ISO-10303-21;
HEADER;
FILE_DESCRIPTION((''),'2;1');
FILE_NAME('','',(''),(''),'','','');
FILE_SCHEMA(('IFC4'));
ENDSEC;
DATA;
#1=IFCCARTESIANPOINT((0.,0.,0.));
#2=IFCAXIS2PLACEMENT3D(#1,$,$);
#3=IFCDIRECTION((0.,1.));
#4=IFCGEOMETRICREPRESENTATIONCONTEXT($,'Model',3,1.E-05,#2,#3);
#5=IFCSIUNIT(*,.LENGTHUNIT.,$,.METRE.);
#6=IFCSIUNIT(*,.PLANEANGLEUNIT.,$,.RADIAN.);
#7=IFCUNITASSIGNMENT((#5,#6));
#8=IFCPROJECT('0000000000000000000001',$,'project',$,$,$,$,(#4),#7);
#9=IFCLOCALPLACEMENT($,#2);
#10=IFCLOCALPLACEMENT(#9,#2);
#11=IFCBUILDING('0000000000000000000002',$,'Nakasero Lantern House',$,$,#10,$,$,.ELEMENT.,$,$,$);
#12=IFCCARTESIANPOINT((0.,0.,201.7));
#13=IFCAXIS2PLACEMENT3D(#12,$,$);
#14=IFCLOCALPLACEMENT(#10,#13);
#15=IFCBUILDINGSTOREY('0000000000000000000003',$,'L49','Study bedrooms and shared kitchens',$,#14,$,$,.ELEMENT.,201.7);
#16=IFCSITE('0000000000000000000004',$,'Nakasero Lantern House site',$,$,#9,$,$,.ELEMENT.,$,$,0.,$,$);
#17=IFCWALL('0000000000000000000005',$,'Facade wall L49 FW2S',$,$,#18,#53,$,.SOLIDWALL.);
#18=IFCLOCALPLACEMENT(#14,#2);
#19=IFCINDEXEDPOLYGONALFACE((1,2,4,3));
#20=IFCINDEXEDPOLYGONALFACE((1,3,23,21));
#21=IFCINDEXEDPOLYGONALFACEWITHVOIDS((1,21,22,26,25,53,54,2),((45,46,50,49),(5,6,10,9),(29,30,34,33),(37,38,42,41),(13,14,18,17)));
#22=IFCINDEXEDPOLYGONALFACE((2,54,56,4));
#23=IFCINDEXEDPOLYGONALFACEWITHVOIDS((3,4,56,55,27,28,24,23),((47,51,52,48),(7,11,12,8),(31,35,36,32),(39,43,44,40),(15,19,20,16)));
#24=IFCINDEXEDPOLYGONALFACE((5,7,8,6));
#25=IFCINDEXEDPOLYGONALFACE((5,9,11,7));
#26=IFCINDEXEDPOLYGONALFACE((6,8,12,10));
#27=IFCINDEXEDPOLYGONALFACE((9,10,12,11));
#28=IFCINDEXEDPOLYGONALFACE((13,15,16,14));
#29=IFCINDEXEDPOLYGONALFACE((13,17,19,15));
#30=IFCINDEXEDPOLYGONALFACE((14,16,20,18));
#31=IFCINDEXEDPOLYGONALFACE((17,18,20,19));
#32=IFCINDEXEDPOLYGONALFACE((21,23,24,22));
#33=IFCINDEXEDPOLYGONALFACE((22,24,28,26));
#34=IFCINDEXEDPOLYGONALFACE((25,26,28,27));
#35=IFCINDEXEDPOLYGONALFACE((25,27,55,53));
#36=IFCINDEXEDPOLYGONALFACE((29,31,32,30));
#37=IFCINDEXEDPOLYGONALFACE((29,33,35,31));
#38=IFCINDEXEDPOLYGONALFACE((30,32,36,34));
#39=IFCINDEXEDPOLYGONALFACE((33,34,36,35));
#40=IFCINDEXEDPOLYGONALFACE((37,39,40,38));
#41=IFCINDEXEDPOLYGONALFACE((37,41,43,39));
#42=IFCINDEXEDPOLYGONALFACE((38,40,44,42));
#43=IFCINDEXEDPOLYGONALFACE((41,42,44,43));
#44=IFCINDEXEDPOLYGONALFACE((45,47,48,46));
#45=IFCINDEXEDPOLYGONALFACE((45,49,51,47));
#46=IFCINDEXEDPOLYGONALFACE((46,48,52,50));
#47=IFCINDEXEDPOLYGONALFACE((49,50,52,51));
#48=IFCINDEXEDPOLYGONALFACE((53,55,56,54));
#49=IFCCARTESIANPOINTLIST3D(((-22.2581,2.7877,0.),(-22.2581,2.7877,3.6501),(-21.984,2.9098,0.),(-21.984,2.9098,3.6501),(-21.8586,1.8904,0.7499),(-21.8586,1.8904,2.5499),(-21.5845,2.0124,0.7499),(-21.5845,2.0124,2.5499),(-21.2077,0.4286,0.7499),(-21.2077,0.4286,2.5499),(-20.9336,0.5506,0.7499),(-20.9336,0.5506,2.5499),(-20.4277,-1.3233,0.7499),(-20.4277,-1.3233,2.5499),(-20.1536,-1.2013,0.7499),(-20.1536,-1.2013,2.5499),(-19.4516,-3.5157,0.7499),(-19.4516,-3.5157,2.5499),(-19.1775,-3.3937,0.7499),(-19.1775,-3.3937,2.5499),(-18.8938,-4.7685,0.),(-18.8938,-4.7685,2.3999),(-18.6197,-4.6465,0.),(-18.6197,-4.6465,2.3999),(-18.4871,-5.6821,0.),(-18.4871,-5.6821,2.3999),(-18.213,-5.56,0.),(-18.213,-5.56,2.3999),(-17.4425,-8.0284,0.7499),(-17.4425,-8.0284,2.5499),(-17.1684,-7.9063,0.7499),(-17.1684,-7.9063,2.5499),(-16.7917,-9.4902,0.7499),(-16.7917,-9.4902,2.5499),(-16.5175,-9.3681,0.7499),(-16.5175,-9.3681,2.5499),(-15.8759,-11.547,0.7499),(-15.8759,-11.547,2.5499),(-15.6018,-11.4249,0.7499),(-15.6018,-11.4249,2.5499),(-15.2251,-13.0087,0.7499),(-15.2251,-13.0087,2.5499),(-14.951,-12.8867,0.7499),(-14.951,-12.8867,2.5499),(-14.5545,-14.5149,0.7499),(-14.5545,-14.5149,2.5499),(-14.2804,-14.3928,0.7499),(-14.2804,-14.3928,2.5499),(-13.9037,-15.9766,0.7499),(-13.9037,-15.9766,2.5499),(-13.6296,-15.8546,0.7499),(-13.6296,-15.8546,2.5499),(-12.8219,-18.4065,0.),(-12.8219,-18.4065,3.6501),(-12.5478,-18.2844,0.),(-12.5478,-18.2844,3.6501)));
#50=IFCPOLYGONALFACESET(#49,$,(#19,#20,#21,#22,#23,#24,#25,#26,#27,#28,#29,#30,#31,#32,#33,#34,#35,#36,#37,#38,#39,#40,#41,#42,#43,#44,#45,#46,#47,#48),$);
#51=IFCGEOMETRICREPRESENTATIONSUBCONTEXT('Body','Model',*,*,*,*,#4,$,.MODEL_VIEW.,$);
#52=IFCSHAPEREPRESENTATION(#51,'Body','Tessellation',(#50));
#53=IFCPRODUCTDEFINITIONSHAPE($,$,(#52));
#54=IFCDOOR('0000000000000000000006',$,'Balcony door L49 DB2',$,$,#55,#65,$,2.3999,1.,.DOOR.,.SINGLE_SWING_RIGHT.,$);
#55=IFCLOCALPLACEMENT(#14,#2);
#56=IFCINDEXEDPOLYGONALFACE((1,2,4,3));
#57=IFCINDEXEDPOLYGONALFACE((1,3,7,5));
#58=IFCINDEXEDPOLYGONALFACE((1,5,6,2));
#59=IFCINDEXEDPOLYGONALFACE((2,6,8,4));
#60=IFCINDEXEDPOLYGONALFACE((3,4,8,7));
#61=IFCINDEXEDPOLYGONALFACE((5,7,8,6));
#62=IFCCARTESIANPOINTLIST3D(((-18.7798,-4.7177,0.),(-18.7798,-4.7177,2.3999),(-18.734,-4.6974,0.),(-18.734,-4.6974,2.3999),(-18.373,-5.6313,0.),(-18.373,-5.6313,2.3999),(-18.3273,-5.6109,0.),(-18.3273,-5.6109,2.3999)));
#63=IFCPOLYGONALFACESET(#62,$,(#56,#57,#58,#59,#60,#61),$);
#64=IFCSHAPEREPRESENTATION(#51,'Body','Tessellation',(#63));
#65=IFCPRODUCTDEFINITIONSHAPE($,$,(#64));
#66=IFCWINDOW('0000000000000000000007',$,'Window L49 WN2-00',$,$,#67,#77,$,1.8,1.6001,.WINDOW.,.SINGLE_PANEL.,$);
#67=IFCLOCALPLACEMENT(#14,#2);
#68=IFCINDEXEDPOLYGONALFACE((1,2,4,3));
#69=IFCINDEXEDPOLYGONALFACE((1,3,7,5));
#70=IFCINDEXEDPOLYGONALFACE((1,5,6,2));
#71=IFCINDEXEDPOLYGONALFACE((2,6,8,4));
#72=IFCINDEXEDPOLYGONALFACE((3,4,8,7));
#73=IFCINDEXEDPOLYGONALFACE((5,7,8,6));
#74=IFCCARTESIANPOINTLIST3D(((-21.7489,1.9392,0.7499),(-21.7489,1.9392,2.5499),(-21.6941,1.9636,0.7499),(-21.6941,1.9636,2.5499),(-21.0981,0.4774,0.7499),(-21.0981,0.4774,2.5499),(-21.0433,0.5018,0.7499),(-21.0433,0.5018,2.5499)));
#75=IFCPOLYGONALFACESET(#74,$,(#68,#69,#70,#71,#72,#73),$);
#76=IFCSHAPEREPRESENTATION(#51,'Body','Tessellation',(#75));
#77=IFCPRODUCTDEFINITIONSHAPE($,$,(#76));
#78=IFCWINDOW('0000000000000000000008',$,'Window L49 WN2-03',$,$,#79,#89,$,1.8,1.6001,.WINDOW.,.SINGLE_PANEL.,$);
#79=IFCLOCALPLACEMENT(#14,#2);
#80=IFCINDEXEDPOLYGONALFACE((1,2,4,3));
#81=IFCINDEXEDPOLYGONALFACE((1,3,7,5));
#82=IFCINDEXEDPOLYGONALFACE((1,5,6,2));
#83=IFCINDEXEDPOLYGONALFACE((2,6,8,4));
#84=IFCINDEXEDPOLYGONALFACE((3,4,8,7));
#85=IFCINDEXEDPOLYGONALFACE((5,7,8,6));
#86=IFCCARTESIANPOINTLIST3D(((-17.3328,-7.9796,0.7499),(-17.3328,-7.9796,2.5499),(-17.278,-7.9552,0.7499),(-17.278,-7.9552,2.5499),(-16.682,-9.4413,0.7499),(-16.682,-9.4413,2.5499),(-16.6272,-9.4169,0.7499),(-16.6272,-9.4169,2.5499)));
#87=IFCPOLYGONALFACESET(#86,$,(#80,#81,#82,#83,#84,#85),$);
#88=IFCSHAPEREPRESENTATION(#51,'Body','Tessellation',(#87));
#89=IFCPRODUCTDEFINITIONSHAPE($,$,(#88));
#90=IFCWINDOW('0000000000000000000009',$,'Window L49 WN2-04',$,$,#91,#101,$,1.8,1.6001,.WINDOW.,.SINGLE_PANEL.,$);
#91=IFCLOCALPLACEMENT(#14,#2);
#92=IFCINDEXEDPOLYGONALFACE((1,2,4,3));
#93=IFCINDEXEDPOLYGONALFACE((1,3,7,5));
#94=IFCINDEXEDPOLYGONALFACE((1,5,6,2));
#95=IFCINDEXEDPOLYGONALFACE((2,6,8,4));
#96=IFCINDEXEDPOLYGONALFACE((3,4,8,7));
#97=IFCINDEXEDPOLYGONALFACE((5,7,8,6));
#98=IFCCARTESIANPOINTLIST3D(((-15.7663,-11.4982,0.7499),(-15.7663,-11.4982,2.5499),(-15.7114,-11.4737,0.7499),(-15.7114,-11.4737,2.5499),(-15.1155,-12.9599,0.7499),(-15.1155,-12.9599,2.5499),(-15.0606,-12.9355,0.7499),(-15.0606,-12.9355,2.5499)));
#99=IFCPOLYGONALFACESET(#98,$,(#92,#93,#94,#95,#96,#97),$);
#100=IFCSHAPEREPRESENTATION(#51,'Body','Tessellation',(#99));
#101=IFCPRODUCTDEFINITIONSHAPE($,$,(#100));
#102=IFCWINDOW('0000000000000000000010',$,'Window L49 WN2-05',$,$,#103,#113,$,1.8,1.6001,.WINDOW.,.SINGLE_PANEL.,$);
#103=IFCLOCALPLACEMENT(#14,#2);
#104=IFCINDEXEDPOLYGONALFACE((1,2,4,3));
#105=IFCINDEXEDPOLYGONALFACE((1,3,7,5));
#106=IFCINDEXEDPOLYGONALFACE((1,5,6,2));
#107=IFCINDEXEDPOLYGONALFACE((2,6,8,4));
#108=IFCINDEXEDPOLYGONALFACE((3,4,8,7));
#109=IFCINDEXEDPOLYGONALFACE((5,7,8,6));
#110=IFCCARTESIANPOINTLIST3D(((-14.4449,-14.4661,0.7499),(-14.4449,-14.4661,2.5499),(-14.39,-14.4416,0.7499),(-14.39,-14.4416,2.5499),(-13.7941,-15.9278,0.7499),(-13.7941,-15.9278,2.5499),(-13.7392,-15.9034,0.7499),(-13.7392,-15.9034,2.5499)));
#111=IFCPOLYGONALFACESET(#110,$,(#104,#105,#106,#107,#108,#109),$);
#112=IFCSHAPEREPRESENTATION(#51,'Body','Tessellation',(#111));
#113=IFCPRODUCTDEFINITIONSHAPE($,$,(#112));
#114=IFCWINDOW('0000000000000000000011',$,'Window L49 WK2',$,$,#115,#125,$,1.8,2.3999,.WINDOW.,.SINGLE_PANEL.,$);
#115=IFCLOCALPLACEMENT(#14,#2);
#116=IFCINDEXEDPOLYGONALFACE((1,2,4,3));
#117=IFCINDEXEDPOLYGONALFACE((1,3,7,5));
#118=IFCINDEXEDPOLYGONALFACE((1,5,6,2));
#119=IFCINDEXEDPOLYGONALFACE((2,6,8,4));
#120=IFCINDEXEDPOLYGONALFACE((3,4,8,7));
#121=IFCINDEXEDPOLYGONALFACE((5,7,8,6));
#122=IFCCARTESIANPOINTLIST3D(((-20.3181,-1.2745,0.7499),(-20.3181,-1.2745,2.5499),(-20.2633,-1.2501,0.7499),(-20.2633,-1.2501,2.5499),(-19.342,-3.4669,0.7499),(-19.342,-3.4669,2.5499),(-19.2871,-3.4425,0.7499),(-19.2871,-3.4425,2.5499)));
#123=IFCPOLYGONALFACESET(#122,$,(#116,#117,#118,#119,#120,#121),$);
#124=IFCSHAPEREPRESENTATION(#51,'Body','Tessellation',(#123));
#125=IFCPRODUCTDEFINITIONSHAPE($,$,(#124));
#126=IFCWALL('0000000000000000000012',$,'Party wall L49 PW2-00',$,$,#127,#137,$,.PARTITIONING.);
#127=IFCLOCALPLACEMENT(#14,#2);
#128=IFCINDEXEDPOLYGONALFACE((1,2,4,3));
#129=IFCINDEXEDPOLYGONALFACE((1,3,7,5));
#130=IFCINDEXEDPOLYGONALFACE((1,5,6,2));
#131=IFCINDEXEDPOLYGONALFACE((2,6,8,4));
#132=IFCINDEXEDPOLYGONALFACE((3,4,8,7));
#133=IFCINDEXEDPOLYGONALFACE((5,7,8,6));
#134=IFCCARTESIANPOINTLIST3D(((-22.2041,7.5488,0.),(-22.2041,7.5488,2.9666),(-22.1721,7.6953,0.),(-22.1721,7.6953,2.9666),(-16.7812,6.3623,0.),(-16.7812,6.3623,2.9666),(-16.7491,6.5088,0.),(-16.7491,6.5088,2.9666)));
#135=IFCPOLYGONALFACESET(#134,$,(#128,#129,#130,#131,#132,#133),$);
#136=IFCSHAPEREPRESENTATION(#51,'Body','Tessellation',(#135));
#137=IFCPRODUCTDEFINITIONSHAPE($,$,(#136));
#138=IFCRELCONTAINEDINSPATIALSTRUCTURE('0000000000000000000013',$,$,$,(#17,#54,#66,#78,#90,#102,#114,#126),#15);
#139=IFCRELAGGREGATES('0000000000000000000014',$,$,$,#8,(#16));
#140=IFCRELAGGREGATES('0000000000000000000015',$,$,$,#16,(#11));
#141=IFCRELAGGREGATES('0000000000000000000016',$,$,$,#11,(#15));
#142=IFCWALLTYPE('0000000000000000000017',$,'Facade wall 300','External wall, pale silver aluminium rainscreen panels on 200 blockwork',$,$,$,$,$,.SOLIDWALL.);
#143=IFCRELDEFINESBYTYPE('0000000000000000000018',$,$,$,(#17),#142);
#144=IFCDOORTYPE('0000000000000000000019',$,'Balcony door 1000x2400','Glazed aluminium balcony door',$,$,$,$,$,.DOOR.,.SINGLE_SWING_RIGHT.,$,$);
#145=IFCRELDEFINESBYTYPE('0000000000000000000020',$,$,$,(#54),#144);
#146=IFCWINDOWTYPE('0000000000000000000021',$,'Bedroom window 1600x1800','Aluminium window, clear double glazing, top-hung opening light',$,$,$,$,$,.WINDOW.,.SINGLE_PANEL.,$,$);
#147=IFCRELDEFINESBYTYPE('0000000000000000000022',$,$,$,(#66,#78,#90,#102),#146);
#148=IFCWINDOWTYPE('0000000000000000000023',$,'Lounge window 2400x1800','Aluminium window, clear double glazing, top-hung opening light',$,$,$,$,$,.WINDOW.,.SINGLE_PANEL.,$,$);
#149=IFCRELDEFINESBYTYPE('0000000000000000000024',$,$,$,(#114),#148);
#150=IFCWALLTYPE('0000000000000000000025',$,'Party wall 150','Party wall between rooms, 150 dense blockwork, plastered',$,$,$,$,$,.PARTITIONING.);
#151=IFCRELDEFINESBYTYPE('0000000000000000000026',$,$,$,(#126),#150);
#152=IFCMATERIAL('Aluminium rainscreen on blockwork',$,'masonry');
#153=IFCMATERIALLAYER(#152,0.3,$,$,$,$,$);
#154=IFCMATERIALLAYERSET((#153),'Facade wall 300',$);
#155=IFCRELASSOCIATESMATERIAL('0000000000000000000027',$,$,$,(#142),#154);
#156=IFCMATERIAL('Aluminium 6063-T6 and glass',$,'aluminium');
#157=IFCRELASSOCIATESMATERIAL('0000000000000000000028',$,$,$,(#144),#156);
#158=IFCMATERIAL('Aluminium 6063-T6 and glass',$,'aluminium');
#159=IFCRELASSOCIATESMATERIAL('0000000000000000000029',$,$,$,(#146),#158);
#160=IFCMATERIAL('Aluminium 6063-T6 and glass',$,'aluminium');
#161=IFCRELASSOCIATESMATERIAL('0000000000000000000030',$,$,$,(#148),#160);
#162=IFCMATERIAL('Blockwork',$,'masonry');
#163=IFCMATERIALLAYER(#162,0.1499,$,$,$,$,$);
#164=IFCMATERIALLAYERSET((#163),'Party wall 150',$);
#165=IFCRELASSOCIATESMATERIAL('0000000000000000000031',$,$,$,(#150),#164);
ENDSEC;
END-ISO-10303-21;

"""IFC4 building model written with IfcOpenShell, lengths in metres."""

from ifc_helpers import new_model, si_unit, direction, frame, frame_2d, origin, place, context, subcontext, project, spatial, rectangle, extrude, material, layer, layer_set, type_object, element, fill, save


model = new_model("IFC4")

# Units and contexts
model_context = context("Model", 3, precision=1e-05, world=origin(), true_north=direction((0.0, 1.0)))
body_context = subcontext(model_context, "Body", "Model", "MODEL_VIEW")
ifc_project = project(units=[si_unit("LENGTHUNIT", "METRE"), si_unit("PLANEANGLEUNIT", "RADIAN")], contexts=[model_context])

# Site, building, storey
site_placement = place(None, origin())
site = spatial("IfcSite", under=ifc_project, at=site_placement, Name="Nakasero Lantern House site", CompositionType="ELEMENT", RefElevation=0.0)
building_placement = place(site_placement, origin())
building = spatial("IfcBuilding", under=site, at=building_placement, Name="Nakasero Lantern House", CompositionType="ELEMENT")
storey_placement = place(building_placement, frame((0.0, 0.0, 201.7)))
storey = spatial("IfcBuildingStorey", under=building, at=storey_placement, Name="L49", Description="Study bedrooms and shared kitchens", CompositionType="ELEMENT", Elevation=201.7)

# Shared definitions
ifc_material_1 = material(Name="Aluminium rainscreen on blockwork", Category="masonry")
ifc_layer_1 = layer(ifc_material_1, 0.3)
ifc_layer_set_1 = layer_set([ifc_layer_1], Name="Facade wall 300")
wall_type_1 = type_object("IfcWallType", Name="Facade wall 300", Description="External wall, pale silver aluminium rainscreen panels on 200 blockwork", PredefinedType="SOLIDWALL", material=ifc_layer_set_1)

# Wall, openings, door, windows
wall_1_placement = place(storey_placement, frame((-22.1211, 2.8489, 0.0), z_axis=(0.0, 0.0, 1.0), x_axis=(0.406735, -0.913546, 0.0)))
wall_1 = element("IfcWall", 1, at=wall_1_placement, inside=storey, type_object=wall_type_1, Name="Facade wall L49 FW2S", PredefinedType="SOLIDWALL", context=body_context, shape_type="SweptSolid", body=[
    extrude(rectangle(XDim=23.2, YDim=0.3, at=frame_2d((11.6001, 0.0))), origin(), (0.0, 0.0, 1.0), 3.6501),
])
opening_1_placement = place(wall_1_placement, frame((0.9824, 0.0, 0.75)))
opening_1 = element("IfcOpeningElement", 2, at=opening_1_placement, cuts=wall_1, PredefinedType="OPENING", context=body_context, shape_type="SweptSolid", body=[
    extrude(rectangle(XDim=1.6001, YDim=1.8, at=frame_2d((0.8, 0.8999))), frame((0.0, 0.1699, 0.0), z_axis=(0.0, -1.0, 0.0), x_axis=(1.0, 0.0, 0.0)), (0.0, 0.0, 1.0), 0.3401),
])
opening_2_placement = place(wall_1_placement, frame((11.8398, 0.0, 0.75)))
opening_2 = element("IfcOpeningElement", 3, at=opening_2_placement, cuts=wall_1, PredefinedType="OPENING", context=body_context, shape_type="SweptSolid", body=[
    extrude(rectangle(XDim=1.6001, YDim=1.8, at=frame_2d((0.8, 0.8999))), frame((0.0, 0.1699, 0.0), z_axis=(0.0, -1.0, 0.0), x_axis=(1.0, 0.0, 0.0)), (0.0, 0.0, 1.0), 0.3401),
])
opening_3_placement = place(wall_1_placement, frame((15.6914, 0.0, 0.75)))
opening_3 = element("IfcOpeningElement", 4, at=opening_3_placement, cuts=wall_1, PredefinedType="OPENING", context=body_context, shape_type="SweptSolid", body=[
    extrude(rectangle(XDim=1.6001, YDim=1.8, at=frame_2d((0.8, 0.8999))), frame((0.0, 0.1699, 0.0), z_axis=(0.0, -1.0, 0.0), x_axis=(1.0, 0.0, 0.0)), (0.0, 0.0, 1.0), 0.3401),
])
opening_4_placement = place(wall_1_placement, frame((18.9402, 0.0, 0.75)))
opening_4 = element("IfcOpeningElement", 5, at=opening_4_placement, cuts=wall_1, PredefinedType="OPENING", context=body_context, shape_type="SweptSolid", body=[
    extrude(rectangle(XDim=1.6001, YDim=1.8, at=frame_2d((0.8, 0.8999))), frame((0.0, 0.1699, 0.0), z_axis=(0.0, -1.0, 0.0), x_axis=(1.0, 0.0, 0.0)), (0.0, 0.0, 1.0), 0.3401),
])
opening_5_placement = place(wall_1_placement, frame((4.5002, 0.0, 0.75)))
opening_5 = element("IfcOpeningElement", 6, at=opening_5_placement, cuts=wall_1, PredefinedType="OPENING", context=body_context, shape_type="SweptSolid", body=[
    extrude(rectangle(XDim=2.3999, YDim=1.8, at=frame_2d((1.2, 0.8999))), frame((0.0, 0.1699, 0.0), z_axis=(0.0, -1.0, 0.0), x_axis=(1.0, 0.0, 0.0)), (0.0, 0.0, 1.0), 0.3401),
])
opening_6_placement = place(wall_1_placement, frame((8.2715, 0.0, 0.0)))
opening_6 = element("IfcOpeningElement", 7, at=opening_6_placement, cuts=wall_1, PredefinedType="OPENING", context=body_context, shape_type="SweptSolid", body=[
    extrude(rectangle(XDim=1.0, YDim=2.3999, at=frame_2d((0.5, 1.2))), frame((0.0, 0.1699, 0.0), z_axis=(0.0, -1.0, 0.0), x_axis=(1.0, 0.0, 0.0)), (0.0, 0.0, 1.0), 0.3401),
])
ifc_material_2 = material(Name="Aluminium 6063-T6 and glass", Category="aluminium")
door_type = type_object("IfcDoorType", Name="Balcony door 1000x2400", Description="Glazed aluminium balcony door", OperationType="SINGLE_SWING_RIGHT", PredefinedType="DOOR", material=ifc_material_2)
door_placement = place(opening_6_placement, origin())
door = element("IfcDoor", 8, at=door_placement, inside=storey, type_object=door_type, Name="Balcony door L49 DB2", OperationType="SINGLE_SWING_RIGHT", OverallHeight=2.3999, OverallWidth=1.0, PredefinedType="DOOR", context=body_context, shape_type="SweptSolid", body=[
    extrude(rectangle(XDim=1.0, YDim=2.3999, at=frame_2d((0.5, 1.2))), frame((0.0, 0.0249, 0.0), z_axis=(0.0, -1.0, 0.0), x_axis=(1.0, 0.0, 0.0)), (0.0, 0.0, 1.0), 0.05),
])
fill(opening_6, door)
ifc_material_3 = material(Name="Aluminium 6063-T6 and glass", Category="aluminium")
window_type_1 = type_object("IfcWindowType", Name="Bedroom window 1600x1800", Description="Aluminium window, clear double glazing, top-hung opening light", PartitioningType="SINGLE_PANEL", PredefinedType="WINDOW", material=ifc_material_3)
window_1_placement = place(opening_1_placement, origin())
window_1 = element("IfcWindow", 9, at=window_1_placement, inside=storey, type_object=window_type_1, Name="Window L49 WN2-00", OverallHeight=1.8, OverallWidth=1.6001, PartitioningType="SINGLE_PANEL", PredefinedType="WINDOW", context=body_context, shape_type="SweptSolid", body=[
    extrude(rectangle(XDim=1.6001, YDim=1.8, at=frame_2d((0.8, 0.8999))), frame((0.0, 0.03, 0.0), z_axis=(0.0, -1.0, 0.0), x_axis=(1.0, 0.0, 0.0)), (0.0, 0.0, 1.0), 0.0601),
])
fill(opening_1, window_1)
window_2_placement = place(opening_2_placement, origin())
window_2 = element("IfcWindow", 10, at=window_2_placement, inside=storey, type_object=window_type_1, Name="Window L49 WN2-03", OverallHeight=1.8, OverallWidth=1.6001, PartitioningType="SINGLE_PANEL", PredefinedType="WINDOW", context=body_context, shape_type="SweptSolid", body=[
    extrude(rectangle(XDim=1.6001, YDim=1.8, at=frame_2d((0.8, 0.8999))), frame((0.0, 0.03, 0.0), z_axis=(0.0, -1.0, 0.0), x_axis=(1.0, 0.0, 0.0)), (0.0, 0.0, 1.0), 0.0601),
])
fill(opening_2, window_2)
window_3_placement = place(opening_3_placement, origin())
window_3 = element("IfcWindow", 11, at=window_3_placement, inside=storey, type_object=window_type_1, Name="Window L49 WN2-04", OverallHeight=1.8, OverallWidth=1.6001, PartitioningType="SINGLE_PANEL", PredefinedType="WINDOW", context=body_context, shape_type="SweptSolid", body=[
    extrude(rectangle(XDim=1.6001, YDim=1.8, at=frame_2d((0.8, 0.8999))), frame((0.0, 0.03, 0.0), z_axis=(0.0, -1.0, 0.0), x_axis=(1.0, 0.0, 0.0)), (0.0, 0.0, 1.0), 0.0601),
])
fill(opening_3, window_3)
window_4_placement = place(opening_4_placement, origin())
window_4 = element("IfcWindow", 12, at=window_4_placement, inside=storey, type_object=window_type_1, Name="Window L49 WN2-05", OverallHeight=1.8, OverallWidth=1.6001, PartitioningType="SINGLE_PANEL", PredefinedType="WINDOW", context=body_context, shape_type="SweptSolid", body=[
    extrude(rectangle(XDim=1.6001, YDim=1.8, at=frame_2d((0.8, 0.8999))), frame((0.0, 0.03, 0.0), z_axis=(0.0, -1.0, 0.0), x_axis=(1.0, 0.0, 0.0)), (0.0, 0.0, 1.0), 0.0601),
])
fill(opening_4, window_4)
ifc_material_4 = material(Name="Aluminium 6063-T6 and glass", Category="aluminium")
window_type_2 = type_object("IfcWindowType", Name="Lounge window 2400x1800", Description="Aluminium window, clear double glazing, top-hung opening light", PartitioningType="SINGLE_PANEL", PredefinedType="WINDOW", material=ifc_material_4)
window_5_placement = place(opening_5_placement, origin())
window_5 = element("IfcWindow", 13, at=window_5_placement, inside=storey, type_object=window_type_2, Name="Window L49 WK2", OverallHeight=1.8, OverallWidth=2.3999, PartitioningType="SINGLE_PANEL", PredefinedType="WINDOW", context=body_context, shape_type="SweptSolid", body=[
    extrude(rectangle(XDim=2.3999, YDim=1.8, at=frame_2d((1.2, 0.8999))), frame((0.0, 0.03, 0.0), z_axis=(0.0, -1.0, 0.0), x_axis=(1.0, 0.0, 0.0)), (0.0, 0.0, 1.0), 0.0601),
])
fill(opening_5, window_5)

# Wall
ifc_material_5 = material(Name="Blockwork", Category="masonry")
ifc_layer_2 = layer(ifc_material_5, 0.1499)
ifc_layer_set_2 = layer_set([ifc_layer_2], Name="Party wall 150")
wall_type_2 = type_object("IfcWallType", Name="Party wall 150", Description="Party wall between rooms, 150 dense blockwork, plastered", PredefinedType="PARTITIONING", material=ifc_layer_set_2)
wall_2_placement = place(storey_placement, frame((-16.7651, 6.4355, 0.0), z_axis=(0.0, 0.0, 1.0), x_axis=(-0.976892, 0.213735, 0.0)))
element("IfcWall", 14, at=wall_2_placement, inside=storey, type_object=wall_type_2, Name="Party wall L49 PW2-00", PredefinedType="PARTITIONING", context=body_context, shape_type="SweptSolid", body=[
    extrude(rectangle(XDim=5.5513, YDim=0.1499, at=frame_2d((2.7756, 0.0))), origin(), (0.0, 0.0, 1.0), 2.9666),
])

save(model, "model.ifc")
